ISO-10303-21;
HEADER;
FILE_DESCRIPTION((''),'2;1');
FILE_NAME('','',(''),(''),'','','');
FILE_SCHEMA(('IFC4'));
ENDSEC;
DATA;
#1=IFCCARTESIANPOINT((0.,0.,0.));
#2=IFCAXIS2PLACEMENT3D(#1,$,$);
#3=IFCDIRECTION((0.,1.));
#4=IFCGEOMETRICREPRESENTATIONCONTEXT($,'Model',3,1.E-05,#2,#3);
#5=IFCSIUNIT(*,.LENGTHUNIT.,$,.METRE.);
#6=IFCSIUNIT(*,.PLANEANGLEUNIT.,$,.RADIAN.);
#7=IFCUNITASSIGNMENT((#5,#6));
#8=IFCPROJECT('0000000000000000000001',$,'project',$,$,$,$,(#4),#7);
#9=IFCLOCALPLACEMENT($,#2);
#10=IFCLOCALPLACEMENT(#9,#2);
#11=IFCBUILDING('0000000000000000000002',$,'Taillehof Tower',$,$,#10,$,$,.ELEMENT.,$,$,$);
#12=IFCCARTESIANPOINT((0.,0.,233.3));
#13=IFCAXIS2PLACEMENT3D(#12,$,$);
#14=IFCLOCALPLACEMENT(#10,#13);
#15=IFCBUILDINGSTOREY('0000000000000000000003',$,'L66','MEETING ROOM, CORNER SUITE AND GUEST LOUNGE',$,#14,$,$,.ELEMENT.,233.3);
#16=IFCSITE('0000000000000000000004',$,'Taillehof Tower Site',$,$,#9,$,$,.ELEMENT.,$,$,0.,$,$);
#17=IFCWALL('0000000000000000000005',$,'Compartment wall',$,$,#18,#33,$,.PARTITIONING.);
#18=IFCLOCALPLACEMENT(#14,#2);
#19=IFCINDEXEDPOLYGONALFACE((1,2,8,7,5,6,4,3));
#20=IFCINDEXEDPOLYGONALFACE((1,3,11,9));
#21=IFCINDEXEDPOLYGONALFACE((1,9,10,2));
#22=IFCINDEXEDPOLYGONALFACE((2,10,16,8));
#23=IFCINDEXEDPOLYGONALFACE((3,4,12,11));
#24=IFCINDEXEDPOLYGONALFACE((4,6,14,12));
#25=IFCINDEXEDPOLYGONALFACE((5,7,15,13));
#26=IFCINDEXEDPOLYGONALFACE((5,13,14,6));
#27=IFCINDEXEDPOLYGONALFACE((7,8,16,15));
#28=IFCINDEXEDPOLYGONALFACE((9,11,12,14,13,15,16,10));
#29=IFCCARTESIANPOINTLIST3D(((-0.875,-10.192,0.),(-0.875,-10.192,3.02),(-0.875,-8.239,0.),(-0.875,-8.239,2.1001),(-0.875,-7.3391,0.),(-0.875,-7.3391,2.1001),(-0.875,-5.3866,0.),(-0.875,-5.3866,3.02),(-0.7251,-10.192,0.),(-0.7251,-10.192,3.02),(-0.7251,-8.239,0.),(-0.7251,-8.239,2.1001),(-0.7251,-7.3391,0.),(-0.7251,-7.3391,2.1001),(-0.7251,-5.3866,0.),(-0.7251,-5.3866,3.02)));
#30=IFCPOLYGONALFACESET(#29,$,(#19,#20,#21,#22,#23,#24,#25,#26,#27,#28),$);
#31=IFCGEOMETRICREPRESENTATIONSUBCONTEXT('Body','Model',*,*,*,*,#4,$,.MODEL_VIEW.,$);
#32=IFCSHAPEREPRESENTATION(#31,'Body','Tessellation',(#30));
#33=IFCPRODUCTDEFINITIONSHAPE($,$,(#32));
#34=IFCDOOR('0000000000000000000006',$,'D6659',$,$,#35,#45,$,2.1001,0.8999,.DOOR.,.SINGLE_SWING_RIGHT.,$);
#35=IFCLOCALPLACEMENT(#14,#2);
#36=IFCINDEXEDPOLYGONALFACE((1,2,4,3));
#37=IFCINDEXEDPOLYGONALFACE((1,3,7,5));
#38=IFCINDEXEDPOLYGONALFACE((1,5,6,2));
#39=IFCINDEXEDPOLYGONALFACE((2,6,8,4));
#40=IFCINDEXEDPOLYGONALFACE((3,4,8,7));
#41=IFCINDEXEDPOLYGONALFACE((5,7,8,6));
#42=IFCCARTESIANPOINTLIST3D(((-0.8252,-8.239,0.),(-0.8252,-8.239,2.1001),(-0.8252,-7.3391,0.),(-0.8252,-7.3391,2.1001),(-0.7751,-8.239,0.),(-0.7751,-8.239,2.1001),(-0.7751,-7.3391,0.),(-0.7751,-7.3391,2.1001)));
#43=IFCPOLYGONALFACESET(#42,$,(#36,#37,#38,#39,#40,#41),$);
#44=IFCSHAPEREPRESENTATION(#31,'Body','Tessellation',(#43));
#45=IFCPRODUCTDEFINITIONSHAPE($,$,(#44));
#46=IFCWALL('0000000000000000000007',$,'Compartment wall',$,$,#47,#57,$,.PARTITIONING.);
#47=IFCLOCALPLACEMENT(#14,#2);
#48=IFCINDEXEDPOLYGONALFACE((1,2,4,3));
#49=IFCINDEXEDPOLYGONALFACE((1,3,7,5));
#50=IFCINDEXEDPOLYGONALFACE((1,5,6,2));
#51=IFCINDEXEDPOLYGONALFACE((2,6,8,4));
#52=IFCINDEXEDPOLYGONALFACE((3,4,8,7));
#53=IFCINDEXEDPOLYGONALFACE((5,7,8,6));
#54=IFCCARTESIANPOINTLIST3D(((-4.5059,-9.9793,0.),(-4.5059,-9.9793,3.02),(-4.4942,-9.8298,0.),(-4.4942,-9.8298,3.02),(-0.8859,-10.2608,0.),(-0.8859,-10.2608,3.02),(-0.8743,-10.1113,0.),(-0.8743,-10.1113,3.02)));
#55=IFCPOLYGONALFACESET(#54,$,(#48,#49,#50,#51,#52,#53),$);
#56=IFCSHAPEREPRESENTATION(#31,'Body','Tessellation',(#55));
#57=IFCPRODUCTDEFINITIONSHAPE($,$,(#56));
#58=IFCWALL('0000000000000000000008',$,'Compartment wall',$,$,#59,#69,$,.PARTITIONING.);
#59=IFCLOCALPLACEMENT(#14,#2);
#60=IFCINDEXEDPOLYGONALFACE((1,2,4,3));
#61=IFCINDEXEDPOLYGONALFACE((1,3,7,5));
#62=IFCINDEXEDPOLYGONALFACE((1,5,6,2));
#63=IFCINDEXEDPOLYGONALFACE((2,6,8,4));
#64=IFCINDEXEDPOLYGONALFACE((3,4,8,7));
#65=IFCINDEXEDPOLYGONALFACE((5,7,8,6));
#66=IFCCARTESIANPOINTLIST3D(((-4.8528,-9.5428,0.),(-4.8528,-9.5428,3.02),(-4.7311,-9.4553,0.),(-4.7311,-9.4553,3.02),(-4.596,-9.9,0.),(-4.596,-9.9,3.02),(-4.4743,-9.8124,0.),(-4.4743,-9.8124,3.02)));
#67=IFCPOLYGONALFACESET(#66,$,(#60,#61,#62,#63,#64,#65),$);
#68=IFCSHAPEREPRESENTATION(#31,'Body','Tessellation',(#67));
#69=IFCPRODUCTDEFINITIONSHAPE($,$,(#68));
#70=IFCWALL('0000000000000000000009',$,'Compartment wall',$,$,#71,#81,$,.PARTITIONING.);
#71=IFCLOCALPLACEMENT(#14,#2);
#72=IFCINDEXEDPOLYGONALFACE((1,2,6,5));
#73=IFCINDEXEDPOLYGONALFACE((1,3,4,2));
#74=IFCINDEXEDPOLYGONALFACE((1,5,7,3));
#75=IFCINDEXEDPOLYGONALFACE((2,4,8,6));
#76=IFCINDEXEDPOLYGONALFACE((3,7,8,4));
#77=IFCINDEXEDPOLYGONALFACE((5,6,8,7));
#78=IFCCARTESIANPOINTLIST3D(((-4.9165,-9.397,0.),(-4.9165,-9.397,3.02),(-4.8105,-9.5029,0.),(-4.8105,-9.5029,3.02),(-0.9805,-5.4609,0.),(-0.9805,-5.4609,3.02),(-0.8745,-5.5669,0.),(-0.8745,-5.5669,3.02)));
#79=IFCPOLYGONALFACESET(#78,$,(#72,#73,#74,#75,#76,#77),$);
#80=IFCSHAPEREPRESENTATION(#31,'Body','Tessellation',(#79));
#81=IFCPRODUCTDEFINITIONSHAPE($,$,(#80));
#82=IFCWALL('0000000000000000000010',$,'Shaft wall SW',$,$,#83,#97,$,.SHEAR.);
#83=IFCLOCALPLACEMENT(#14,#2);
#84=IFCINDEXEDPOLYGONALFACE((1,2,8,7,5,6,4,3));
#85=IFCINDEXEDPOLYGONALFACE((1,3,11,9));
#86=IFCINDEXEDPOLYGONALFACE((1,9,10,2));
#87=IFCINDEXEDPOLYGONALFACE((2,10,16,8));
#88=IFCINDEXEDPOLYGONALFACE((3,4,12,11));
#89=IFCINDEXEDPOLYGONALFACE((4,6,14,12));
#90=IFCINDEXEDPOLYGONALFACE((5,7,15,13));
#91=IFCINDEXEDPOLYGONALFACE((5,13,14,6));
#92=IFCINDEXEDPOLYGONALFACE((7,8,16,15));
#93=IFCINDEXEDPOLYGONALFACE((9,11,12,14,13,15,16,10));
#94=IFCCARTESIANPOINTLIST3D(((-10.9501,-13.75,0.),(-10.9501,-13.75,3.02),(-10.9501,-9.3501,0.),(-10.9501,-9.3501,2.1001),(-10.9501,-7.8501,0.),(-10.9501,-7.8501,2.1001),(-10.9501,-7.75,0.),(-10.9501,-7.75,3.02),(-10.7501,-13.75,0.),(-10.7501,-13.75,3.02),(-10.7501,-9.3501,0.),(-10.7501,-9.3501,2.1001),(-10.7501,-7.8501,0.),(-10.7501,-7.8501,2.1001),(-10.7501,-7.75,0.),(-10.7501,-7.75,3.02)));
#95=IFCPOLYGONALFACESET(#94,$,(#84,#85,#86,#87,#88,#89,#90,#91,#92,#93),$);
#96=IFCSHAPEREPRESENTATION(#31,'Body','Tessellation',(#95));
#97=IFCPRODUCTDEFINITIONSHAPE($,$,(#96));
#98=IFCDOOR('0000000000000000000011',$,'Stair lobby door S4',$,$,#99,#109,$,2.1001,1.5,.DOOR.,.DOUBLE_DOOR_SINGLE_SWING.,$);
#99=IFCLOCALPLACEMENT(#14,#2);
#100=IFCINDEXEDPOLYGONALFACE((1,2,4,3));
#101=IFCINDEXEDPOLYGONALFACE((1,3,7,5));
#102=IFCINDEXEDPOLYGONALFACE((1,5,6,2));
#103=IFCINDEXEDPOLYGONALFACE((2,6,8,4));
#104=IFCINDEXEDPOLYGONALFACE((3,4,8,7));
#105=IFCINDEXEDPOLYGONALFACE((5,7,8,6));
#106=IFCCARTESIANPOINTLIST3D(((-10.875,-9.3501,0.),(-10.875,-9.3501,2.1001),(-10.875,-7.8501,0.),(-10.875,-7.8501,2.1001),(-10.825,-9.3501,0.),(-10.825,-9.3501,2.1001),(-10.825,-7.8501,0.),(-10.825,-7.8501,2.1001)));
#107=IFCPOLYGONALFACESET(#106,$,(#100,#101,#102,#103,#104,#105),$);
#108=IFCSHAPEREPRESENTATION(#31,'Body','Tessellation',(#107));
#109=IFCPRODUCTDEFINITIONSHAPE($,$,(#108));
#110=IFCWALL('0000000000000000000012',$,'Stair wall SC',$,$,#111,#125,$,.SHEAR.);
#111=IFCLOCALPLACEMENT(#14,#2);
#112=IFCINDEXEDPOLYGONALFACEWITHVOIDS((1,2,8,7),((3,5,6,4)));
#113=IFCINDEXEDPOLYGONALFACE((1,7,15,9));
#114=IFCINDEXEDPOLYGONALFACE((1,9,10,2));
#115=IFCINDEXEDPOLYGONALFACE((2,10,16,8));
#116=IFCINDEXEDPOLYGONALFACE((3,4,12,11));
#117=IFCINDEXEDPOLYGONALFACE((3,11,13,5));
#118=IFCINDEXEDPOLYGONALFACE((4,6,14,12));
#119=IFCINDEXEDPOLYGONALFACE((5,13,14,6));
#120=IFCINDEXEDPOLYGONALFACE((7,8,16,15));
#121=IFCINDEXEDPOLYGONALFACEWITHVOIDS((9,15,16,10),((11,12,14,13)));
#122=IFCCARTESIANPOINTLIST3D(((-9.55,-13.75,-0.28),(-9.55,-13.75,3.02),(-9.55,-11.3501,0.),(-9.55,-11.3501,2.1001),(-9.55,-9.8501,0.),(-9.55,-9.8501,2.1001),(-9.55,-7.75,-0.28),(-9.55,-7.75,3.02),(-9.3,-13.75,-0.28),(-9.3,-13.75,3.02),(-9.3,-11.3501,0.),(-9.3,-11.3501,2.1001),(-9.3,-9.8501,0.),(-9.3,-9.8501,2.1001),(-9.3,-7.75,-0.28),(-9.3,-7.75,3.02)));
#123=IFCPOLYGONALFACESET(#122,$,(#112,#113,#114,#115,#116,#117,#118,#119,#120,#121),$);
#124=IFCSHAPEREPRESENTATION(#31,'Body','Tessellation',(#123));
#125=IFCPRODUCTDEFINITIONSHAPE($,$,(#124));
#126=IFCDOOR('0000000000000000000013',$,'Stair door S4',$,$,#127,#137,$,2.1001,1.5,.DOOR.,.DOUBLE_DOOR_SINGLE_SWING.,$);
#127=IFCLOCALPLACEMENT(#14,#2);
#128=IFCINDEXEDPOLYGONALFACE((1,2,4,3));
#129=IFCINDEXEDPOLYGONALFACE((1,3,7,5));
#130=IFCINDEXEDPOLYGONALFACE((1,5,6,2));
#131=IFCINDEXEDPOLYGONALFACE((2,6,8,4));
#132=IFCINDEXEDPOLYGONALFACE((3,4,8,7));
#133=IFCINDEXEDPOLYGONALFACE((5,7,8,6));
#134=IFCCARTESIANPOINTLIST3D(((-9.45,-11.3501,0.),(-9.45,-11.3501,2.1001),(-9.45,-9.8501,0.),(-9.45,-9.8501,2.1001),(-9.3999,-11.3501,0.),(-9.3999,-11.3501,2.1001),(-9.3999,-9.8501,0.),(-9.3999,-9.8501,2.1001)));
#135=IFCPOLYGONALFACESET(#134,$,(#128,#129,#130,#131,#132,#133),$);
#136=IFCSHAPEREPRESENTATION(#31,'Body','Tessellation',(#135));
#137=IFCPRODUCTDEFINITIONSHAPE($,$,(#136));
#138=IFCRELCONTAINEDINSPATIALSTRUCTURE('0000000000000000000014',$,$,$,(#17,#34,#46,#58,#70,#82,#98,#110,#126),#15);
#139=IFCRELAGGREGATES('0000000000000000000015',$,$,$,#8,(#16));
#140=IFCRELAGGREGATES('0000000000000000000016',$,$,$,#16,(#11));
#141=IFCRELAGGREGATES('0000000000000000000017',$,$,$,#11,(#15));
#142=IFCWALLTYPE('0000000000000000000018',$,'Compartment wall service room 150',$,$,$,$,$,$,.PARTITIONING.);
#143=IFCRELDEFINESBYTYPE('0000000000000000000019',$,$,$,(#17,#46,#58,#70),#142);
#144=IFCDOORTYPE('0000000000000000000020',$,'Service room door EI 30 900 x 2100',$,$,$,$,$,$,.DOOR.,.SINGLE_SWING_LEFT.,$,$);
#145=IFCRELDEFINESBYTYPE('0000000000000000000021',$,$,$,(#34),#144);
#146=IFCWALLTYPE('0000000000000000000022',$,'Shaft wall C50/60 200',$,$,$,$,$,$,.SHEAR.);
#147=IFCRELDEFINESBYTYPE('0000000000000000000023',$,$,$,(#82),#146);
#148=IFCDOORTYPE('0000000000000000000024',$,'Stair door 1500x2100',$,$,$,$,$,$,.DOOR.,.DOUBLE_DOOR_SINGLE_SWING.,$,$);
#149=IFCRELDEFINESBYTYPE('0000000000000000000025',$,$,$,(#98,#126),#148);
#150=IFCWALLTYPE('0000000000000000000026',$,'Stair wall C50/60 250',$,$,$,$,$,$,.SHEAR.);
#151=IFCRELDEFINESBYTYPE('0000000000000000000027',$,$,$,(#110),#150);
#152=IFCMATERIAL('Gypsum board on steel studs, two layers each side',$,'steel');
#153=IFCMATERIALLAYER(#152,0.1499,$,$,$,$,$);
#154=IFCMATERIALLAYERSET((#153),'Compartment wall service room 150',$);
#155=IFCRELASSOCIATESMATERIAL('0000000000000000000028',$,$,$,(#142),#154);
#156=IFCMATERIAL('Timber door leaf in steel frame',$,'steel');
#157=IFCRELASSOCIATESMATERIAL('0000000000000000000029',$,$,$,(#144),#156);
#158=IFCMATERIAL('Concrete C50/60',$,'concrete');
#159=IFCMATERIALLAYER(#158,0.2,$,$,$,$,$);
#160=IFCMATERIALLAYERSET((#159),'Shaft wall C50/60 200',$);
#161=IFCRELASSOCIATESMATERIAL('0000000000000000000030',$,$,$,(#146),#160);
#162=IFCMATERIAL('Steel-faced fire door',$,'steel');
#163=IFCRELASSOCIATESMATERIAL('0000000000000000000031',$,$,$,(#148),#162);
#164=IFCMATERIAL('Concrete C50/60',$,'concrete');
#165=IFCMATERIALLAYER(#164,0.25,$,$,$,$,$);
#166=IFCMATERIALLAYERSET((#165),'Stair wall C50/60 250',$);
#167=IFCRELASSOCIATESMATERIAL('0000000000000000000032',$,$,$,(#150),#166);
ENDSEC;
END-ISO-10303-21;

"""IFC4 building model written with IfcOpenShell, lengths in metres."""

from ifc_helpers import new_model, si_unit, direction, frame, frame_2d, origin, place, context, subcontext, project, spatial, rectangle, extrude, material, layer, layer_set, type_object, element, fill, save


model = new_model("IFC4")

# Units and contexts
model_context = context("Model", 3, precision=1e-05, world=origin(), true_north=direction((0.0, 1.0)))
body_context = subcontext(model_context, "Body", "Model", "MODEL_VIEW")
ifc_project = project(units=[si_unit("LENGTHUNIT", "METRE"), si_unit("PLANEANGLEUNIT", "RADIAN")], contexts=[model_context])

# Site, building, storey
site_placement = place(None, origin())
site = spatial("IfcSite", under=ifc_project, at=site_placement, Name="Taillehof Tower Site", CompositionType="ELEMENT", RefElevation=0.0)
building_placement = place(site_placement, origin())
building = spatial("IfcBuilding", under=site, at=building_placement, Name="Taillehof Tower", CompositionType="ELEMENT")
storey_placement = place(building_placement, frame((0.0, 0.0, 233.3)))
storey = spatial("IfcBuildingStorey", under=building, at=storey_placement, Name="L66", Description="MEETING ROOM, CORNER SUITE AND GUEST LOUNGE", CompositionType="ELEMENT", Elevation=233.3)

# Wall, opening, door
ifc_material_1 = material(Name="Gypsum board on steel studs, two layers each side", Category="steel")
ifc_layer_1 = layer(ifc_material_1, 0.1499)
ifc_layer_set_1 = layer_set([ifc_layer_1], Name="Compartment wall service room 150")
wall_type_1 = type_object("IfcWallType", Name="Compartment wall service room 150", PredefinedType="PARTITIONING", material=ifc_layer_set_1)
wall_1_placement = place(storey_placement, frame((-0.8, -5.3865, 0.0), z_axis=(0.0, 0.0, 1.0), x_axis=(0.0, -1.0, 0.0)))
wall_1 = element("IfcWall", 1, at=wall_1_placement, inside=storey, type_object=wall_type_1, Name="Compartment wall", PredefinedType="PARTITIONING", context=body_context, shape_type="SweptSolid", body=[
    extrude(rectangle(XDim=4.8054, YDim=0.1499, at=frame_2d((2.4028, 0.0))), origin(), (0.0, 0.0, 1.0), 3.02),
])
opening_1_placement = place(wall_1_placement, frame((1.9526, 0.0, 0.0)))
opening_1 = element("IfcOpeningElement", 2, at=opening_1_placement, cuts=wall_1, PredefinedType="OPENING", context=body_context, shape_type="SweptSolid", body=[
    extrude(rectangle(XDim=0.8999, YDim=2.1001, at=frame_2d((0.45, 1.05))), frame((0.0, 0.085, 0.0), z_axis=(0.0, -1.0, 0.0), x_axis=(1.0, 0.0, 0.0)), (0.0, 0.0, 1.0), 0.1699),
])
ifc_material_2 = material(Name="Timber door leaf in steel frame", Category="steel")
door_type_1 = type_object("IfcDoorType", Name="Service room door EI 30 900 x 2100", OperationType="SINGLE_SWING_LEFT", PredefinedType="DOOR", material=ifc_material_2)
door_1_placement = place(opening_1_placement, origin())
door_1 = element("IfcDoor", 3, at=door_1_placement, inside=storey, type_object=door_type_1, Name="D6659", OperationType="SINGLE_SWING_RIGHT", OverallHeight=2.1001, OverallWidth=0.8999, PredefinedType="DOOR", context=body_context, shape_type="SweptSolid", body=[
    extrude(rectangle(XDim=0.8999, YDim=2.1001, at=frame_2d((0.45, 1.05))), frame((0.0, 0.0249, 0.0), z_axis=(0.0, -1.0, 0.0), x_axis=(1.0, 0.0, 0.0)), (0.0, 0.0, 1.0), 0.05),
])
fill(opening_1, door_1)

# Walls
wall_2_placement = place(storey_placement, frame((-0.8801, -10.186, 0.0), z_axis=(0.0, 0.0, 1.0), x_axis=(-0.99699, 0.077529, 0.0)))
element("IfcWall", 4, at=wall_2_placement, inside=storey, type_object=wall_type_1, Name="Compartment wall", PredefinedType="PARTITIONING", context=body_context, shape_type="SweptSolid", body=[
    extrude(rectangle(XDim=3.6309, YDim=0.1499, at=frame_2d((1.8154, 0.0))), origin(), (0.0, 0.0, 1.0), 3.02),
])
wall_3_placement = place(storey_placement, frame((-4.5352, -9.8562, 0.0), z_axis=(0.0, 0.0, 1.0), x_axis=(-0.583808, 0.811892, 0.0)))
element("IfcWall", 5, at=wall_3_placement, inside=storey, type_object=wall_type_1, Name="Compartment wall", PredefinedType="PARTITIONING", context=body_context, shape_type="SweptSolid", body=[
    extrude(rectangle(XDim=0.4399, YDim=0.1499, at=frame_2d((0.22, 0.0))), origin(), (0.0, 0.0, 1.0), 3.02),
])
wall_4_placement = place(storey_placement, frame((-4.8635, -9.45, 0.0), z_axis=(0.0, 0.0, 1.0), x_axis=(0.707107, 0.707107, 0.0)))
element("IfcWall", 6, at=wall_4_placement, inside=storey, type_object=wall_type_1, Name="Compartment wall", PredefinedType="PARTITIONING", context=body_context, shape_type="SweptSolid", body=[
    extrude(rectangle(XDim=5.5664, YDim=0.1499, at=frame_2d((2.7832, 0.0))), origin(), (0.0, 0.0, 1.0), 3.02),
])

# Walls, openings, doors
ifc_material_3 = material(Name="Concrete C50/60", Category="concrete")
ifc_layer_2 = layer(ifc_material_3, 0.2)
ifc_layer_set_2 = layer_set([ifc_layer_2], Name="Shaft wall C50/60 200")
wall_type_2 = type_object("IfcWallType", Name="Shaft wall C50/60 200", PredefinedType="SHEAR", material=ifc_layer_set_2)
wall_5_placement = place(storey_placement, frame((-10.8501, -13.75, 0.0), z_axis=(0.0, 0.0, 1.0), x_axis=(0.0, 1.0, 0.0)))
wall_5 = element("IfcWall", 7, at=wall_5_placement, inside=storey, type_object=wall_type_2, Name="Shaft wall SW", PredefinedType="SHEAR", context=body_context, shape_type="SweptSolid", body=[
    extrude(rectangle(XDim=6.0, YDim=0.2, at=frame_2d((3.0, 0.0))), origin(), (0.0, 0.0, 1.0), 3.02),
])
opening_2_placement = place(wall_5_placement, frame((4.3999, 0.0, 0.0)))
opening_2 = element("IfcOpeningElement", 8, at=opening_2_placement, cuts=wall_5, PredefinedType="OPENING", context=body_context, shape_type="SweptSolid", body=[
    extrude(rectangle(XDim=1.5, YDim=2.1001, at=frame_2d((0.75, 1.05))), frame((0.0, 0.1099, 0.0), z_axis=(0.0, -1.0, 0.0), x_axis=(1.0, 0.0, 0.0)), (0.0, 0.0, 1.0), 0.22),
])
ifc_material_4 = material(Name="Steel-faced fire door", Category="steel")
door_type_2 = type_object("IfcDoorType", Name="Stair door 1500x2100", OperationType="DOUBLE_DOOR_SINGLE_SWING", PredefinedType="DOOR", material=ifc_material_4)
door_2_placement = place(opening_2_placement, origin())
door_2 = element("IfcDoor", 9, at=door_2_placement, inside=storey, type_object=door_type_2, Name="Stair lobby door S4", OperationType="DOUBLE_DOOR_SINGLE_SWING", OverallHeight=2.1001, OverallWidth=1.5, PredefinedType="DOOR", context=body_context, shape_type="SweptSolid", body=[
    extrude(rectangle(XDim=1.5, YDim=2.1001, at=frame_2d((0.75, 1.05))), frame((0.0, 0.0249, 0.0), z_axis=(0.0, -1.0, 0.0), x_axis=(1.0, 0.0, 0.0)), (0.0, 0.0, 1.0), 0.05),
])
fill(opening_2, door_2)
ifc_material_5 = material(Name="Concrete C50/60", Category="concrete")
ifc_layer_3 = layer(ifc_material_5, 0.25)
ifc_layer_set_3 = layer_set([ifc_layer_3], Name="Stair wall C50/60 250")
wall_type_3 = type_object("IfcWallType", Name="Stair wall C50/60 250", PredefinedType="SHEAR", material=ifc_layer_set_3)
wall_6_placement = place(storey_placement, frame((-9.425, -13.75, -0.28), z_axis=(0.0, 0.0, 1.0), x_axis=(0.0, 1.0, 0.0)))
wall_6 = element("IfcWall", 10, at=wall_6_placement, inside=storey, type_object=wall_type_3, Name="Stair wall SC", PredefinedType="SHEAR", context=body_context, shape_type="SweptSolid", body=[
    extrude(rectangle(XDim=6.0, YDim=0.25, at=frame_2d((3.0, 0.0))), origin(), (0.0, 0.0, 1.0), 3.3),
])
opening_3_placement = place(wall_6_placement, frame((2.3999, 0.0, 0.28)))
opening_3 = element("IfcOpeningElement", 11, at=opening_3_placement, cuts=wall_6, PredefinedType="OPENING", context=body_context, shape_type="SweptSolid", body=[
    extrude(rectangle(XDim=1.5, YDim=2.1001, at=frame_2d((0.75, 1.05))), frame((0.0, 0.135, 0.0), z_axis=(0.0, -1.0, 0.0), x_axis=(1.0, 0.0, 0.0)), (0.0, 0.0, 1.0), 0.27),
])
door_3_placement = place(opening_3_placement, origin())
door_3 = element("IfcDoor", 12, at=door_3_placement, inside=storey, type_object=door_type_2, Name="Stair door S4", OperationType="DOUBLE_DOOR_SINGLE_SWING", OverallHeight=2.1001, OverallWidth=1.5, PredefinedType="DOOR", context=body_context, shape_type="SweptSolid", body=[
    extrude(rectangle(XDim=1.5, YDim=2.1001, at=frame_2d((0.75, 1.05))), frame((0.0, 0.0249, 0.0), z_axis=(0.0, -1.0, 0.0), x_axis=(1.0, 0.0, 0.0)), (0.0, 0.0, 1.0), 0.05),
])
fill(opening_3, door_3)

save(model, "model.ifc")
